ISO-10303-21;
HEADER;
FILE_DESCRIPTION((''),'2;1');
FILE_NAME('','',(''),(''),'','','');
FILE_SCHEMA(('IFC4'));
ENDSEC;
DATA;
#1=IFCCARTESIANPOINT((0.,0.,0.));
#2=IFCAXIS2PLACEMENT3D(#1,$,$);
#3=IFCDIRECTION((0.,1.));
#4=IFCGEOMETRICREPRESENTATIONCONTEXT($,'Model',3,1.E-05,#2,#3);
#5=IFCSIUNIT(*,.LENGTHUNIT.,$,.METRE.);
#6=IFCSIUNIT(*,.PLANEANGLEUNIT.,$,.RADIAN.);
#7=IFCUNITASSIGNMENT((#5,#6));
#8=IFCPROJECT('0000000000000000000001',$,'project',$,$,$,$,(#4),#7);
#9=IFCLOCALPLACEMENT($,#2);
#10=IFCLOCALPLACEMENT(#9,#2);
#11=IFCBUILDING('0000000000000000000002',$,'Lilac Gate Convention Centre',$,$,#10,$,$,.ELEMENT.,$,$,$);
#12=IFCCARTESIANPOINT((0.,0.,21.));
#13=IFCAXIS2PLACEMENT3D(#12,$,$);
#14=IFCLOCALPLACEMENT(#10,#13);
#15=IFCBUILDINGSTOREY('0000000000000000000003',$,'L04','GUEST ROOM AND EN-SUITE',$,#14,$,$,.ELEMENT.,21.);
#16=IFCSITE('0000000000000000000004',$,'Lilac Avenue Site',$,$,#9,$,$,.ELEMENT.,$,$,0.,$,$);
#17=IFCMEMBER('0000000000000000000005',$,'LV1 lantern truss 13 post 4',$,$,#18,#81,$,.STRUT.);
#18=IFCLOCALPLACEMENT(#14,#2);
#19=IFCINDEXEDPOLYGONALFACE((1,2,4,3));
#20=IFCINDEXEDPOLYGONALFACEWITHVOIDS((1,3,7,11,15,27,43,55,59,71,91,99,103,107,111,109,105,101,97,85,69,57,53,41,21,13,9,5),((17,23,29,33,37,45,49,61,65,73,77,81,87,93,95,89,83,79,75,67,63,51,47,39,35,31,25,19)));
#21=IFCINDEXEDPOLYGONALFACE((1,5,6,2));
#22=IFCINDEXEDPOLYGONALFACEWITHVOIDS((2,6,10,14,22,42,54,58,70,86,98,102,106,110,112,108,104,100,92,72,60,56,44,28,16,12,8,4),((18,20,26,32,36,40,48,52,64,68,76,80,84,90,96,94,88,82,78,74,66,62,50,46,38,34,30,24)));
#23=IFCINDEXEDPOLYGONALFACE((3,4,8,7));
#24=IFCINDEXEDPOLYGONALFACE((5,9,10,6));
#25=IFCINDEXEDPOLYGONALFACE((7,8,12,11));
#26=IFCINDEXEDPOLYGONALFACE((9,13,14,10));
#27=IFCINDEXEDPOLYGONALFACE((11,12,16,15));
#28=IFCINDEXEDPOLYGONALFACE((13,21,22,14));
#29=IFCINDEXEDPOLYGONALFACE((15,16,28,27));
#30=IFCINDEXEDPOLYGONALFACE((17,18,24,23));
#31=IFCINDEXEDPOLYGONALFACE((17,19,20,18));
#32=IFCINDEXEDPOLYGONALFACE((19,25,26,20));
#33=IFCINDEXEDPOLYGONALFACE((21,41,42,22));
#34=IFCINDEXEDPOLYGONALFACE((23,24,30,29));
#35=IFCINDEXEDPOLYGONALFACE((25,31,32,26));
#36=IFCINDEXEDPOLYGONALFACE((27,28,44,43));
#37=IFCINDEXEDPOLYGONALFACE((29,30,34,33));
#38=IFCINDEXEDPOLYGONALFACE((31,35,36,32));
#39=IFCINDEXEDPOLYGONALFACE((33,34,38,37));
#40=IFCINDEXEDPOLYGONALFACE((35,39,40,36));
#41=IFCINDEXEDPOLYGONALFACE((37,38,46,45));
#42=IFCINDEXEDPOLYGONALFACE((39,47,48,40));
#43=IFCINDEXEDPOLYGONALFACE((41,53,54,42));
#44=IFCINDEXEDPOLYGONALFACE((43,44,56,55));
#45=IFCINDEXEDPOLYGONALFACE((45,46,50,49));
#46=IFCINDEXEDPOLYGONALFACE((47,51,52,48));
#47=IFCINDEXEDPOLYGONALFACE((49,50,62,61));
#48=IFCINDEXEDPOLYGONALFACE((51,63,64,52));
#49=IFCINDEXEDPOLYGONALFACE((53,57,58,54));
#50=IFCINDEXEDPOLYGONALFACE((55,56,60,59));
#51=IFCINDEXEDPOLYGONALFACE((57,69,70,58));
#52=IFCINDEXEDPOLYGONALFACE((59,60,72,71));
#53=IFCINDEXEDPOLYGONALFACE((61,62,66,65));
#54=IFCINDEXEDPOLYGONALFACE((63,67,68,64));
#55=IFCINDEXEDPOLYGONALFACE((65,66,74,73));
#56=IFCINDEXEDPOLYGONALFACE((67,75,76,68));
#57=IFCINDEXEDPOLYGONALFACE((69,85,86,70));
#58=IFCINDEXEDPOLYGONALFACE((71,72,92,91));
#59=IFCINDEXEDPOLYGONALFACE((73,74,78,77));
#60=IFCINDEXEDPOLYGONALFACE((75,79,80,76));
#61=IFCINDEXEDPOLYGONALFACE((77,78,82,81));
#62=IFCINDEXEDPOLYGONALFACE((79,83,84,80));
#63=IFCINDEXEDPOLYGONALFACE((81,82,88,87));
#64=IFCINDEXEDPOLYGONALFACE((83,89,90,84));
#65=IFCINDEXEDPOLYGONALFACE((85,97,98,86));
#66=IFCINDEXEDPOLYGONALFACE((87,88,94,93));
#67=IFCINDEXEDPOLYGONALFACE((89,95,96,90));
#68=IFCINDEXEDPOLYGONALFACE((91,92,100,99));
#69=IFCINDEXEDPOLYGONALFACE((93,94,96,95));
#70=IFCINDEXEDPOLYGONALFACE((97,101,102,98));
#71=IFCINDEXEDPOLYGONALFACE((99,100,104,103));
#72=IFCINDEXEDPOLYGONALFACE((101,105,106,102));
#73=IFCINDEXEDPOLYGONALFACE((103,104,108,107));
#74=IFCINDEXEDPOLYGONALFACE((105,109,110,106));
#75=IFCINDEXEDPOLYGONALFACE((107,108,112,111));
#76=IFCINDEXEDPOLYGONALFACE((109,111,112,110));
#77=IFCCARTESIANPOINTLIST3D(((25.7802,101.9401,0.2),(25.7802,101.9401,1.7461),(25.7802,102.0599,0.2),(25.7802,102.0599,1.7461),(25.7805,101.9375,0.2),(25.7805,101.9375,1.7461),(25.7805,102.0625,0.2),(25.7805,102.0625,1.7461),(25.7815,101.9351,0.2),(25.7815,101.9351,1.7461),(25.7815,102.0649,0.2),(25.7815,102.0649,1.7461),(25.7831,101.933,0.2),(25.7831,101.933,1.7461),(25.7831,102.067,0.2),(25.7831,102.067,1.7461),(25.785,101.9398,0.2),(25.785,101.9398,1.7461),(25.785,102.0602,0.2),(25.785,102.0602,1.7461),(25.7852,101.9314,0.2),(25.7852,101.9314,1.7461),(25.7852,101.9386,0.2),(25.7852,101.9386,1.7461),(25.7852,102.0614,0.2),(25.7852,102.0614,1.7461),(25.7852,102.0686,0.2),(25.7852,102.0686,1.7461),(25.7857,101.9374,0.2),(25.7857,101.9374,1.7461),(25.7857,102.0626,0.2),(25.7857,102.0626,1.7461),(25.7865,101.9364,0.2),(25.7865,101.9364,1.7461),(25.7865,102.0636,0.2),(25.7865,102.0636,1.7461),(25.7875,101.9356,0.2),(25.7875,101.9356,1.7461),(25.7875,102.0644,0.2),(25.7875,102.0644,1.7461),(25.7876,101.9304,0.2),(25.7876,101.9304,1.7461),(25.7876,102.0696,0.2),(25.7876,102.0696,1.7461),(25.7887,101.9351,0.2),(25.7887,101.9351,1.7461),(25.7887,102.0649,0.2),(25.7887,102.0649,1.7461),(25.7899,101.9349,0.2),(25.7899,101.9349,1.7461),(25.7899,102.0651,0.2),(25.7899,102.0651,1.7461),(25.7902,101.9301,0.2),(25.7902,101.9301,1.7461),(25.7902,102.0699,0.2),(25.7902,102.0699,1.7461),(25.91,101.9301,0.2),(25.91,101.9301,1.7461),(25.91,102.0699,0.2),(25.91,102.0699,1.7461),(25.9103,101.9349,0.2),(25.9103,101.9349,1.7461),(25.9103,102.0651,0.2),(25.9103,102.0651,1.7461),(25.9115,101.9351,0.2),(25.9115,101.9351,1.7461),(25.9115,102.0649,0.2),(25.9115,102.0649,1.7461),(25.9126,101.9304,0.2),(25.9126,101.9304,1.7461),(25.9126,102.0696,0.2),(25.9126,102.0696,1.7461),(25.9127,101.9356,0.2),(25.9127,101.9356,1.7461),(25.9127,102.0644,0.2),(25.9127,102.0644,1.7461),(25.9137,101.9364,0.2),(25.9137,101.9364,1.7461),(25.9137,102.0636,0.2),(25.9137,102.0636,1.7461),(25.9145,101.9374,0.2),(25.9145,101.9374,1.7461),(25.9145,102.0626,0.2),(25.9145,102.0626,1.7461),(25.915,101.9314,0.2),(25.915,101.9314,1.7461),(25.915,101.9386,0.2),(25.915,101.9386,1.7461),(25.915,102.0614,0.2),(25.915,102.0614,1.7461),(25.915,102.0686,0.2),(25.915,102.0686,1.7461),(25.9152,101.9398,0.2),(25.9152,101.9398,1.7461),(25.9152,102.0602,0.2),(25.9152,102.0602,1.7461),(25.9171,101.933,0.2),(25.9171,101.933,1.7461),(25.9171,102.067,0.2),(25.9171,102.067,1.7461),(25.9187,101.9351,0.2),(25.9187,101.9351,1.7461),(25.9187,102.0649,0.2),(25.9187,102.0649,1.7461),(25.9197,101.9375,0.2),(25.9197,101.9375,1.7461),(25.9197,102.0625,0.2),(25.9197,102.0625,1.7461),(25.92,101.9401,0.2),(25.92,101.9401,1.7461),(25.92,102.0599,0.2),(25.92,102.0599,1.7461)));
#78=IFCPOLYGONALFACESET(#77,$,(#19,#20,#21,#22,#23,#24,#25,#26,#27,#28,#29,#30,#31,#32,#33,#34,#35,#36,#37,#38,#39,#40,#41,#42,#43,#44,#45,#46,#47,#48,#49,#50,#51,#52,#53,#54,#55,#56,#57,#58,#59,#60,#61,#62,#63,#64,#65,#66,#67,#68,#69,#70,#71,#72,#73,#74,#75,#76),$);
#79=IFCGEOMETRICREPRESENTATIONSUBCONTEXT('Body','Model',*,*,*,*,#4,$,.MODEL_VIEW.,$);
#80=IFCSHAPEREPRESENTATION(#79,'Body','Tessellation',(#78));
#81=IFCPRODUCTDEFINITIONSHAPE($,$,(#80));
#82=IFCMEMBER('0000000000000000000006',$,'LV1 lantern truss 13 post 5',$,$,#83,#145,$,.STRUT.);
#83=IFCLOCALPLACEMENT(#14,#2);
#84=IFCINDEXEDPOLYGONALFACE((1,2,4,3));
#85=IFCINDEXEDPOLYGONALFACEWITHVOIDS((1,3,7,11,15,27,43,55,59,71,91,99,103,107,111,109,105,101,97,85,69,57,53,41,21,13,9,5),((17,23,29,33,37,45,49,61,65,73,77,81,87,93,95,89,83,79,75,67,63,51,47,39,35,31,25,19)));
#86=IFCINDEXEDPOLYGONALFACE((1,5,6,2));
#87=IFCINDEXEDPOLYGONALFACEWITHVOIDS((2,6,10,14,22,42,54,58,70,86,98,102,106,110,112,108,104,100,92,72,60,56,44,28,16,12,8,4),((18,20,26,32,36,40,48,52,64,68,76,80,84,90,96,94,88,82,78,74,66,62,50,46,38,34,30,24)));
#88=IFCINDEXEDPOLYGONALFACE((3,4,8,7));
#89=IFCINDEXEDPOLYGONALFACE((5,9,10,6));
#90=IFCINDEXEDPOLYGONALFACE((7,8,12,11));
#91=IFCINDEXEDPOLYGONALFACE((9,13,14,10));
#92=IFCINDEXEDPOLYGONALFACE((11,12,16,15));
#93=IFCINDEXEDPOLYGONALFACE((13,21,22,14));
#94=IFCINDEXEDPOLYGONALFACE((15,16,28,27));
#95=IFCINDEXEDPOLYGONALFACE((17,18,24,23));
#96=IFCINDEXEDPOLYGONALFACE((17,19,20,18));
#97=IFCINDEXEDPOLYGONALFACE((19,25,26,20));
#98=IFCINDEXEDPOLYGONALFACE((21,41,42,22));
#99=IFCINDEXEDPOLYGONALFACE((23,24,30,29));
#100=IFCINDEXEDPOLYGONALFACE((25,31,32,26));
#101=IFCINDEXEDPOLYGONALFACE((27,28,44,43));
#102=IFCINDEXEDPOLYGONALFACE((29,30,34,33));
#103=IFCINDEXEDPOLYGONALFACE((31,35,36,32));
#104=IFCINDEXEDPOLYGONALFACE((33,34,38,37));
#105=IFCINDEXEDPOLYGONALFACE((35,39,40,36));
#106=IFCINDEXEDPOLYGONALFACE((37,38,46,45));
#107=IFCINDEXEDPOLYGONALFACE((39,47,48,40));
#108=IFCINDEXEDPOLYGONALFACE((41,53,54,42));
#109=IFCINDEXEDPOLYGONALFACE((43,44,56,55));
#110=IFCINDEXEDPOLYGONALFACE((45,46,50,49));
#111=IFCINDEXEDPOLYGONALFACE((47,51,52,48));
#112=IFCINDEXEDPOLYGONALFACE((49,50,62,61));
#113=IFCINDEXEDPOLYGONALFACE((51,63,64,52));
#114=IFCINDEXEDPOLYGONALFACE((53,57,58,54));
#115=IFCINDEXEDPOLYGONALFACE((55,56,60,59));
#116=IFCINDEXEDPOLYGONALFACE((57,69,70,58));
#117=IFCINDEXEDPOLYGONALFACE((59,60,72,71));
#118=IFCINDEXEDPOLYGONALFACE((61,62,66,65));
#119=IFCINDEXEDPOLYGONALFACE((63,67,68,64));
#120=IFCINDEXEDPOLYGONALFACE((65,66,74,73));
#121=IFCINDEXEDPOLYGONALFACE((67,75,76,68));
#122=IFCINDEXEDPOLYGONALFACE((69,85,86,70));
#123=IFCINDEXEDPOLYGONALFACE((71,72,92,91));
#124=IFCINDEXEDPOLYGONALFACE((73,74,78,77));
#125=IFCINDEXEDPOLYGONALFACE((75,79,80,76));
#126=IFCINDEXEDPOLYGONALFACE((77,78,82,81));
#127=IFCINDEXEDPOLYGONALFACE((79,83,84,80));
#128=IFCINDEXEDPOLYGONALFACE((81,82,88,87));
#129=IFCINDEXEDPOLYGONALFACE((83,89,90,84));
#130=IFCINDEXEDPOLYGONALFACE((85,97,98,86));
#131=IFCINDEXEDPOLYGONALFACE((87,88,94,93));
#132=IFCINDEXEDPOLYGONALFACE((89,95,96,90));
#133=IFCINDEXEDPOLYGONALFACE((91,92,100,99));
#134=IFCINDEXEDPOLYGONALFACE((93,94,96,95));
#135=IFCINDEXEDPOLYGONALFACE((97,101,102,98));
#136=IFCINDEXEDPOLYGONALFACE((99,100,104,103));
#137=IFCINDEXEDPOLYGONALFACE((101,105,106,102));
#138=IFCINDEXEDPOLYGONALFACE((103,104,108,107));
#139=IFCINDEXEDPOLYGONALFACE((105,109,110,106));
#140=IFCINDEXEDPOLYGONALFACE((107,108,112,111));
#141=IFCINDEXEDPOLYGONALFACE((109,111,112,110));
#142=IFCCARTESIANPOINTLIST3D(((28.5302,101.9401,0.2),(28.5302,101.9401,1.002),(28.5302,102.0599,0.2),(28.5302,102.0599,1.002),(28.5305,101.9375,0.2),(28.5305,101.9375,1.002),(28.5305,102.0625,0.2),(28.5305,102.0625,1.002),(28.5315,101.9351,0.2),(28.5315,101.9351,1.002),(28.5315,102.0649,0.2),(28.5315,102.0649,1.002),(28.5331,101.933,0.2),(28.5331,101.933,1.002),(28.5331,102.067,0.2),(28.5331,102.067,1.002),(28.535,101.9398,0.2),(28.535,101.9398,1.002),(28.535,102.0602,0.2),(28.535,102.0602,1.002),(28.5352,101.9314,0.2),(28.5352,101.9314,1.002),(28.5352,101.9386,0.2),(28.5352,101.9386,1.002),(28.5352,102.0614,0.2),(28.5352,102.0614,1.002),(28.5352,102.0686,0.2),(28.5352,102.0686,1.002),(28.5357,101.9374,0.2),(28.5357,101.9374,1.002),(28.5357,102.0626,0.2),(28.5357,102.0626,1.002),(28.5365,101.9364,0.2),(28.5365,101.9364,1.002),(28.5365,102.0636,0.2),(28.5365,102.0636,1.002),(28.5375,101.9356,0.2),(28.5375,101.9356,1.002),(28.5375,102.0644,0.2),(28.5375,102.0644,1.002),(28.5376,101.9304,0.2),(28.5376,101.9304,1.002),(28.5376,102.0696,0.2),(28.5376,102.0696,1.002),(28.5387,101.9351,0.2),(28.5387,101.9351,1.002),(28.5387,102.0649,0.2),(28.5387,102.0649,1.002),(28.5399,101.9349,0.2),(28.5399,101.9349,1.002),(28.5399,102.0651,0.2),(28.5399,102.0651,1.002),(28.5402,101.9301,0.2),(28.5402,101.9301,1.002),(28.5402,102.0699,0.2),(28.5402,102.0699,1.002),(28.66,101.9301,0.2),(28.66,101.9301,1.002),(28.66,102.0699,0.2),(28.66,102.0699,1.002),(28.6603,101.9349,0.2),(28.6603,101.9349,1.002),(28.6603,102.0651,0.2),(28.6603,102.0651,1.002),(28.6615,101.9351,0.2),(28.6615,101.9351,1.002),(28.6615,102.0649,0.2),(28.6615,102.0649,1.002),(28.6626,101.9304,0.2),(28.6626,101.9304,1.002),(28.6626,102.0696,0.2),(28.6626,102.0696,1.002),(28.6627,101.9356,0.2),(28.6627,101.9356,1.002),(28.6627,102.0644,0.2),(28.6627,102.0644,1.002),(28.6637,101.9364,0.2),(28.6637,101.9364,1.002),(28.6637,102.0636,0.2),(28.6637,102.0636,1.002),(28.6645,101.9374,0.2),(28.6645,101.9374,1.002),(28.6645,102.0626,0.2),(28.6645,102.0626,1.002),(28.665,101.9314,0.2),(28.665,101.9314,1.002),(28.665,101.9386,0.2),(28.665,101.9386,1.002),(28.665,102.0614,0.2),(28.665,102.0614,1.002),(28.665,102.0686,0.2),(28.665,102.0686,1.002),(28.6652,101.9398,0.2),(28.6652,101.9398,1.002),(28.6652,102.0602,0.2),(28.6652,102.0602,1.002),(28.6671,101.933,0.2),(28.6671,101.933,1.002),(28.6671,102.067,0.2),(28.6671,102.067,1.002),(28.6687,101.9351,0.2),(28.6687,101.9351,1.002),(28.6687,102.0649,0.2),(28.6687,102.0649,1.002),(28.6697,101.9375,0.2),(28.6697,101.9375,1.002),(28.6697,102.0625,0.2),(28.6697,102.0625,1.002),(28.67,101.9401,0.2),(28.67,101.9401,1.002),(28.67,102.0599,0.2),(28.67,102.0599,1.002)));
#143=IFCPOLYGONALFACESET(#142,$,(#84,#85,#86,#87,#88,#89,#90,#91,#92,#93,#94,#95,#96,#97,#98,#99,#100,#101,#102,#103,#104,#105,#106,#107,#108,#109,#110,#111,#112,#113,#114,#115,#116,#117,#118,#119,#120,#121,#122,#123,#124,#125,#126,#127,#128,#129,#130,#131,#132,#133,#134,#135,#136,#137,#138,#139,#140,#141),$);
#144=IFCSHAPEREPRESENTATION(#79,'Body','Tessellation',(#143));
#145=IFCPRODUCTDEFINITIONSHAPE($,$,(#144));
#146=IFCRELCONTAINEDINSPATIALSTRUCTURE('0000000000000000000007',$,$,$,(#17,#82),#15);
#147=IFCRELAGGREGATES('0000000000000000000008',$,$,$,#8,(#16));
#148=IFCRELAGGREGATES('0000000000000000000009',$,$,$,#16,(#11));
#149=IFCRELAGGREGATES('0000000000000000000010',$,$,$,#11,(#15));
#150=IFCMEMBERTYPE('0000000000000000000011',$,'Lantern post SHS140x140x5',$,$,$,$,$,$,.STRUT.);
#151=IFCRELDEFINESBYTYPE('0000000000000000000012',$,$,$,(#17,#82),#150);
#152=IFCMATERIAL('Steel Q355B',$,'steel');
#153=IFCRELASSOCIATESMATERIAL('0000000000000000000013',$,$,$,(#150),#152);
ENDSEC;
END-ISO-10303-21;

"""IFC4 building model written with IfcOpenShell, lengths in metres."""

from ifc_helpers import new_model, si_unit, direction, frame, origin, origin_2d, place, context, subcontext, project, spatial, hollow_rectangle, extrude, material, material_profile, profile_set, type_object, element, save


model = new_model("IFC4")

# Units and contexts
model_context = context("Model", 3, precision=1e-05, world=origin(), true_north=direction((0.0, 1.0)))
body_context = subcontext(model_context, "Body", "Model", "MODEL_VIEW")
ifc_project = project(units=[si_unit("LENGTHUNIT", "METRE"), si_unit("PLANEANGLEUNIT", "RADIAN")], contexts=[model_context])

# Site, building, storey
site_placement = place(None, origin())
site = spatial("IfcSite", under=ifc_project, at=site_placement, Name="Lilac Avenue Site", CompositionType="ELEMENT", RefElevation=0.0)
building_placement = place(site_placement, origin())
building = spatial("IfcBuilding", under=site, at=building_placement, Name="Lilac Gate Convention Centre", CompositionType="ELEMENT")
storey_placement = place(building_placement, frame((0.0, 0.0, 21.0)))
storey = spatial("IfcBuildingStorey", under=building, at=storey_placement, Name="L04", Description="GUEST ROOM AND EN-SUITE", CompositionType="ELEMENT", Elevation=21.0)

# Members
ifc_material_1 = material(Name="Steel Q355B", Category="steel")
ifc_material_profile_1 = material_profile(ifc_material_1, hollow_rectangle(XDim=0.1399, YDim=0.1399, WallThickness=0.0049, InnerFilletRadius=0.0049, OuterFilletRadius=0.01, at=origin_2d()), Name="SHS140x140x5")
ifc_profile_set_1 = profile_set([ifc_material_profile_1], Name="Steel Q355B")
member_type_1 = type_object("IfcMemberType", Name="Lantern post SHS140x140x5", PredefinedType="STRUT", material=ifc_profile_set_1)
member_1_placement = place(storey_placement, frame((25.8501, 102.0, 0.2), z_axis=(0.0, 0.0, 1.0), x_axis=(1.0, 0.0, 0.0)))
element("IfcMember", 1, at=member_1_placement, inside=storey, type_object=member_type_1, Name="LV1 lantern truss 13 post 4", PredefinedType="STRUT", context=body_context, shape_type="SweptSolid", body=[
    extrude(hollow_rectangle(XDim=0.1399, YDim=0.1399, WallThickness=0.0049, InnerFilletRadius=0.0049, OuterFilletRadius=0.01, at=origin_2d()), origin(), (0.0, 0.0, 1.0), 1.5461),
])
member_2_placement = place(storey_placement, frame((28.6001, 102.0, 0.2), z_axis=(0.0, 0.0, 1.0), x_axis=(1.0, 0.0, 0.0)))
element("IfcMember", 2, at=member_2_placement, inside=storey, type_object=member_type_1, Name="LV1 lantern truss 13 post 5", PredefinedType="STRUT", context=body_context, shape_type="SweptSolid", body=[
    extrude(hollow_rectangle(XDim=0.1399, YDim=0.1399, WallThickness=0.0049, InnerFilletRadius=0.0049, OuterFilletRadius=0.01, at=origin_2d()), origin(), (0.0, 0.0, 1.0), 0.802),
])

save(model, "model.ifc")
